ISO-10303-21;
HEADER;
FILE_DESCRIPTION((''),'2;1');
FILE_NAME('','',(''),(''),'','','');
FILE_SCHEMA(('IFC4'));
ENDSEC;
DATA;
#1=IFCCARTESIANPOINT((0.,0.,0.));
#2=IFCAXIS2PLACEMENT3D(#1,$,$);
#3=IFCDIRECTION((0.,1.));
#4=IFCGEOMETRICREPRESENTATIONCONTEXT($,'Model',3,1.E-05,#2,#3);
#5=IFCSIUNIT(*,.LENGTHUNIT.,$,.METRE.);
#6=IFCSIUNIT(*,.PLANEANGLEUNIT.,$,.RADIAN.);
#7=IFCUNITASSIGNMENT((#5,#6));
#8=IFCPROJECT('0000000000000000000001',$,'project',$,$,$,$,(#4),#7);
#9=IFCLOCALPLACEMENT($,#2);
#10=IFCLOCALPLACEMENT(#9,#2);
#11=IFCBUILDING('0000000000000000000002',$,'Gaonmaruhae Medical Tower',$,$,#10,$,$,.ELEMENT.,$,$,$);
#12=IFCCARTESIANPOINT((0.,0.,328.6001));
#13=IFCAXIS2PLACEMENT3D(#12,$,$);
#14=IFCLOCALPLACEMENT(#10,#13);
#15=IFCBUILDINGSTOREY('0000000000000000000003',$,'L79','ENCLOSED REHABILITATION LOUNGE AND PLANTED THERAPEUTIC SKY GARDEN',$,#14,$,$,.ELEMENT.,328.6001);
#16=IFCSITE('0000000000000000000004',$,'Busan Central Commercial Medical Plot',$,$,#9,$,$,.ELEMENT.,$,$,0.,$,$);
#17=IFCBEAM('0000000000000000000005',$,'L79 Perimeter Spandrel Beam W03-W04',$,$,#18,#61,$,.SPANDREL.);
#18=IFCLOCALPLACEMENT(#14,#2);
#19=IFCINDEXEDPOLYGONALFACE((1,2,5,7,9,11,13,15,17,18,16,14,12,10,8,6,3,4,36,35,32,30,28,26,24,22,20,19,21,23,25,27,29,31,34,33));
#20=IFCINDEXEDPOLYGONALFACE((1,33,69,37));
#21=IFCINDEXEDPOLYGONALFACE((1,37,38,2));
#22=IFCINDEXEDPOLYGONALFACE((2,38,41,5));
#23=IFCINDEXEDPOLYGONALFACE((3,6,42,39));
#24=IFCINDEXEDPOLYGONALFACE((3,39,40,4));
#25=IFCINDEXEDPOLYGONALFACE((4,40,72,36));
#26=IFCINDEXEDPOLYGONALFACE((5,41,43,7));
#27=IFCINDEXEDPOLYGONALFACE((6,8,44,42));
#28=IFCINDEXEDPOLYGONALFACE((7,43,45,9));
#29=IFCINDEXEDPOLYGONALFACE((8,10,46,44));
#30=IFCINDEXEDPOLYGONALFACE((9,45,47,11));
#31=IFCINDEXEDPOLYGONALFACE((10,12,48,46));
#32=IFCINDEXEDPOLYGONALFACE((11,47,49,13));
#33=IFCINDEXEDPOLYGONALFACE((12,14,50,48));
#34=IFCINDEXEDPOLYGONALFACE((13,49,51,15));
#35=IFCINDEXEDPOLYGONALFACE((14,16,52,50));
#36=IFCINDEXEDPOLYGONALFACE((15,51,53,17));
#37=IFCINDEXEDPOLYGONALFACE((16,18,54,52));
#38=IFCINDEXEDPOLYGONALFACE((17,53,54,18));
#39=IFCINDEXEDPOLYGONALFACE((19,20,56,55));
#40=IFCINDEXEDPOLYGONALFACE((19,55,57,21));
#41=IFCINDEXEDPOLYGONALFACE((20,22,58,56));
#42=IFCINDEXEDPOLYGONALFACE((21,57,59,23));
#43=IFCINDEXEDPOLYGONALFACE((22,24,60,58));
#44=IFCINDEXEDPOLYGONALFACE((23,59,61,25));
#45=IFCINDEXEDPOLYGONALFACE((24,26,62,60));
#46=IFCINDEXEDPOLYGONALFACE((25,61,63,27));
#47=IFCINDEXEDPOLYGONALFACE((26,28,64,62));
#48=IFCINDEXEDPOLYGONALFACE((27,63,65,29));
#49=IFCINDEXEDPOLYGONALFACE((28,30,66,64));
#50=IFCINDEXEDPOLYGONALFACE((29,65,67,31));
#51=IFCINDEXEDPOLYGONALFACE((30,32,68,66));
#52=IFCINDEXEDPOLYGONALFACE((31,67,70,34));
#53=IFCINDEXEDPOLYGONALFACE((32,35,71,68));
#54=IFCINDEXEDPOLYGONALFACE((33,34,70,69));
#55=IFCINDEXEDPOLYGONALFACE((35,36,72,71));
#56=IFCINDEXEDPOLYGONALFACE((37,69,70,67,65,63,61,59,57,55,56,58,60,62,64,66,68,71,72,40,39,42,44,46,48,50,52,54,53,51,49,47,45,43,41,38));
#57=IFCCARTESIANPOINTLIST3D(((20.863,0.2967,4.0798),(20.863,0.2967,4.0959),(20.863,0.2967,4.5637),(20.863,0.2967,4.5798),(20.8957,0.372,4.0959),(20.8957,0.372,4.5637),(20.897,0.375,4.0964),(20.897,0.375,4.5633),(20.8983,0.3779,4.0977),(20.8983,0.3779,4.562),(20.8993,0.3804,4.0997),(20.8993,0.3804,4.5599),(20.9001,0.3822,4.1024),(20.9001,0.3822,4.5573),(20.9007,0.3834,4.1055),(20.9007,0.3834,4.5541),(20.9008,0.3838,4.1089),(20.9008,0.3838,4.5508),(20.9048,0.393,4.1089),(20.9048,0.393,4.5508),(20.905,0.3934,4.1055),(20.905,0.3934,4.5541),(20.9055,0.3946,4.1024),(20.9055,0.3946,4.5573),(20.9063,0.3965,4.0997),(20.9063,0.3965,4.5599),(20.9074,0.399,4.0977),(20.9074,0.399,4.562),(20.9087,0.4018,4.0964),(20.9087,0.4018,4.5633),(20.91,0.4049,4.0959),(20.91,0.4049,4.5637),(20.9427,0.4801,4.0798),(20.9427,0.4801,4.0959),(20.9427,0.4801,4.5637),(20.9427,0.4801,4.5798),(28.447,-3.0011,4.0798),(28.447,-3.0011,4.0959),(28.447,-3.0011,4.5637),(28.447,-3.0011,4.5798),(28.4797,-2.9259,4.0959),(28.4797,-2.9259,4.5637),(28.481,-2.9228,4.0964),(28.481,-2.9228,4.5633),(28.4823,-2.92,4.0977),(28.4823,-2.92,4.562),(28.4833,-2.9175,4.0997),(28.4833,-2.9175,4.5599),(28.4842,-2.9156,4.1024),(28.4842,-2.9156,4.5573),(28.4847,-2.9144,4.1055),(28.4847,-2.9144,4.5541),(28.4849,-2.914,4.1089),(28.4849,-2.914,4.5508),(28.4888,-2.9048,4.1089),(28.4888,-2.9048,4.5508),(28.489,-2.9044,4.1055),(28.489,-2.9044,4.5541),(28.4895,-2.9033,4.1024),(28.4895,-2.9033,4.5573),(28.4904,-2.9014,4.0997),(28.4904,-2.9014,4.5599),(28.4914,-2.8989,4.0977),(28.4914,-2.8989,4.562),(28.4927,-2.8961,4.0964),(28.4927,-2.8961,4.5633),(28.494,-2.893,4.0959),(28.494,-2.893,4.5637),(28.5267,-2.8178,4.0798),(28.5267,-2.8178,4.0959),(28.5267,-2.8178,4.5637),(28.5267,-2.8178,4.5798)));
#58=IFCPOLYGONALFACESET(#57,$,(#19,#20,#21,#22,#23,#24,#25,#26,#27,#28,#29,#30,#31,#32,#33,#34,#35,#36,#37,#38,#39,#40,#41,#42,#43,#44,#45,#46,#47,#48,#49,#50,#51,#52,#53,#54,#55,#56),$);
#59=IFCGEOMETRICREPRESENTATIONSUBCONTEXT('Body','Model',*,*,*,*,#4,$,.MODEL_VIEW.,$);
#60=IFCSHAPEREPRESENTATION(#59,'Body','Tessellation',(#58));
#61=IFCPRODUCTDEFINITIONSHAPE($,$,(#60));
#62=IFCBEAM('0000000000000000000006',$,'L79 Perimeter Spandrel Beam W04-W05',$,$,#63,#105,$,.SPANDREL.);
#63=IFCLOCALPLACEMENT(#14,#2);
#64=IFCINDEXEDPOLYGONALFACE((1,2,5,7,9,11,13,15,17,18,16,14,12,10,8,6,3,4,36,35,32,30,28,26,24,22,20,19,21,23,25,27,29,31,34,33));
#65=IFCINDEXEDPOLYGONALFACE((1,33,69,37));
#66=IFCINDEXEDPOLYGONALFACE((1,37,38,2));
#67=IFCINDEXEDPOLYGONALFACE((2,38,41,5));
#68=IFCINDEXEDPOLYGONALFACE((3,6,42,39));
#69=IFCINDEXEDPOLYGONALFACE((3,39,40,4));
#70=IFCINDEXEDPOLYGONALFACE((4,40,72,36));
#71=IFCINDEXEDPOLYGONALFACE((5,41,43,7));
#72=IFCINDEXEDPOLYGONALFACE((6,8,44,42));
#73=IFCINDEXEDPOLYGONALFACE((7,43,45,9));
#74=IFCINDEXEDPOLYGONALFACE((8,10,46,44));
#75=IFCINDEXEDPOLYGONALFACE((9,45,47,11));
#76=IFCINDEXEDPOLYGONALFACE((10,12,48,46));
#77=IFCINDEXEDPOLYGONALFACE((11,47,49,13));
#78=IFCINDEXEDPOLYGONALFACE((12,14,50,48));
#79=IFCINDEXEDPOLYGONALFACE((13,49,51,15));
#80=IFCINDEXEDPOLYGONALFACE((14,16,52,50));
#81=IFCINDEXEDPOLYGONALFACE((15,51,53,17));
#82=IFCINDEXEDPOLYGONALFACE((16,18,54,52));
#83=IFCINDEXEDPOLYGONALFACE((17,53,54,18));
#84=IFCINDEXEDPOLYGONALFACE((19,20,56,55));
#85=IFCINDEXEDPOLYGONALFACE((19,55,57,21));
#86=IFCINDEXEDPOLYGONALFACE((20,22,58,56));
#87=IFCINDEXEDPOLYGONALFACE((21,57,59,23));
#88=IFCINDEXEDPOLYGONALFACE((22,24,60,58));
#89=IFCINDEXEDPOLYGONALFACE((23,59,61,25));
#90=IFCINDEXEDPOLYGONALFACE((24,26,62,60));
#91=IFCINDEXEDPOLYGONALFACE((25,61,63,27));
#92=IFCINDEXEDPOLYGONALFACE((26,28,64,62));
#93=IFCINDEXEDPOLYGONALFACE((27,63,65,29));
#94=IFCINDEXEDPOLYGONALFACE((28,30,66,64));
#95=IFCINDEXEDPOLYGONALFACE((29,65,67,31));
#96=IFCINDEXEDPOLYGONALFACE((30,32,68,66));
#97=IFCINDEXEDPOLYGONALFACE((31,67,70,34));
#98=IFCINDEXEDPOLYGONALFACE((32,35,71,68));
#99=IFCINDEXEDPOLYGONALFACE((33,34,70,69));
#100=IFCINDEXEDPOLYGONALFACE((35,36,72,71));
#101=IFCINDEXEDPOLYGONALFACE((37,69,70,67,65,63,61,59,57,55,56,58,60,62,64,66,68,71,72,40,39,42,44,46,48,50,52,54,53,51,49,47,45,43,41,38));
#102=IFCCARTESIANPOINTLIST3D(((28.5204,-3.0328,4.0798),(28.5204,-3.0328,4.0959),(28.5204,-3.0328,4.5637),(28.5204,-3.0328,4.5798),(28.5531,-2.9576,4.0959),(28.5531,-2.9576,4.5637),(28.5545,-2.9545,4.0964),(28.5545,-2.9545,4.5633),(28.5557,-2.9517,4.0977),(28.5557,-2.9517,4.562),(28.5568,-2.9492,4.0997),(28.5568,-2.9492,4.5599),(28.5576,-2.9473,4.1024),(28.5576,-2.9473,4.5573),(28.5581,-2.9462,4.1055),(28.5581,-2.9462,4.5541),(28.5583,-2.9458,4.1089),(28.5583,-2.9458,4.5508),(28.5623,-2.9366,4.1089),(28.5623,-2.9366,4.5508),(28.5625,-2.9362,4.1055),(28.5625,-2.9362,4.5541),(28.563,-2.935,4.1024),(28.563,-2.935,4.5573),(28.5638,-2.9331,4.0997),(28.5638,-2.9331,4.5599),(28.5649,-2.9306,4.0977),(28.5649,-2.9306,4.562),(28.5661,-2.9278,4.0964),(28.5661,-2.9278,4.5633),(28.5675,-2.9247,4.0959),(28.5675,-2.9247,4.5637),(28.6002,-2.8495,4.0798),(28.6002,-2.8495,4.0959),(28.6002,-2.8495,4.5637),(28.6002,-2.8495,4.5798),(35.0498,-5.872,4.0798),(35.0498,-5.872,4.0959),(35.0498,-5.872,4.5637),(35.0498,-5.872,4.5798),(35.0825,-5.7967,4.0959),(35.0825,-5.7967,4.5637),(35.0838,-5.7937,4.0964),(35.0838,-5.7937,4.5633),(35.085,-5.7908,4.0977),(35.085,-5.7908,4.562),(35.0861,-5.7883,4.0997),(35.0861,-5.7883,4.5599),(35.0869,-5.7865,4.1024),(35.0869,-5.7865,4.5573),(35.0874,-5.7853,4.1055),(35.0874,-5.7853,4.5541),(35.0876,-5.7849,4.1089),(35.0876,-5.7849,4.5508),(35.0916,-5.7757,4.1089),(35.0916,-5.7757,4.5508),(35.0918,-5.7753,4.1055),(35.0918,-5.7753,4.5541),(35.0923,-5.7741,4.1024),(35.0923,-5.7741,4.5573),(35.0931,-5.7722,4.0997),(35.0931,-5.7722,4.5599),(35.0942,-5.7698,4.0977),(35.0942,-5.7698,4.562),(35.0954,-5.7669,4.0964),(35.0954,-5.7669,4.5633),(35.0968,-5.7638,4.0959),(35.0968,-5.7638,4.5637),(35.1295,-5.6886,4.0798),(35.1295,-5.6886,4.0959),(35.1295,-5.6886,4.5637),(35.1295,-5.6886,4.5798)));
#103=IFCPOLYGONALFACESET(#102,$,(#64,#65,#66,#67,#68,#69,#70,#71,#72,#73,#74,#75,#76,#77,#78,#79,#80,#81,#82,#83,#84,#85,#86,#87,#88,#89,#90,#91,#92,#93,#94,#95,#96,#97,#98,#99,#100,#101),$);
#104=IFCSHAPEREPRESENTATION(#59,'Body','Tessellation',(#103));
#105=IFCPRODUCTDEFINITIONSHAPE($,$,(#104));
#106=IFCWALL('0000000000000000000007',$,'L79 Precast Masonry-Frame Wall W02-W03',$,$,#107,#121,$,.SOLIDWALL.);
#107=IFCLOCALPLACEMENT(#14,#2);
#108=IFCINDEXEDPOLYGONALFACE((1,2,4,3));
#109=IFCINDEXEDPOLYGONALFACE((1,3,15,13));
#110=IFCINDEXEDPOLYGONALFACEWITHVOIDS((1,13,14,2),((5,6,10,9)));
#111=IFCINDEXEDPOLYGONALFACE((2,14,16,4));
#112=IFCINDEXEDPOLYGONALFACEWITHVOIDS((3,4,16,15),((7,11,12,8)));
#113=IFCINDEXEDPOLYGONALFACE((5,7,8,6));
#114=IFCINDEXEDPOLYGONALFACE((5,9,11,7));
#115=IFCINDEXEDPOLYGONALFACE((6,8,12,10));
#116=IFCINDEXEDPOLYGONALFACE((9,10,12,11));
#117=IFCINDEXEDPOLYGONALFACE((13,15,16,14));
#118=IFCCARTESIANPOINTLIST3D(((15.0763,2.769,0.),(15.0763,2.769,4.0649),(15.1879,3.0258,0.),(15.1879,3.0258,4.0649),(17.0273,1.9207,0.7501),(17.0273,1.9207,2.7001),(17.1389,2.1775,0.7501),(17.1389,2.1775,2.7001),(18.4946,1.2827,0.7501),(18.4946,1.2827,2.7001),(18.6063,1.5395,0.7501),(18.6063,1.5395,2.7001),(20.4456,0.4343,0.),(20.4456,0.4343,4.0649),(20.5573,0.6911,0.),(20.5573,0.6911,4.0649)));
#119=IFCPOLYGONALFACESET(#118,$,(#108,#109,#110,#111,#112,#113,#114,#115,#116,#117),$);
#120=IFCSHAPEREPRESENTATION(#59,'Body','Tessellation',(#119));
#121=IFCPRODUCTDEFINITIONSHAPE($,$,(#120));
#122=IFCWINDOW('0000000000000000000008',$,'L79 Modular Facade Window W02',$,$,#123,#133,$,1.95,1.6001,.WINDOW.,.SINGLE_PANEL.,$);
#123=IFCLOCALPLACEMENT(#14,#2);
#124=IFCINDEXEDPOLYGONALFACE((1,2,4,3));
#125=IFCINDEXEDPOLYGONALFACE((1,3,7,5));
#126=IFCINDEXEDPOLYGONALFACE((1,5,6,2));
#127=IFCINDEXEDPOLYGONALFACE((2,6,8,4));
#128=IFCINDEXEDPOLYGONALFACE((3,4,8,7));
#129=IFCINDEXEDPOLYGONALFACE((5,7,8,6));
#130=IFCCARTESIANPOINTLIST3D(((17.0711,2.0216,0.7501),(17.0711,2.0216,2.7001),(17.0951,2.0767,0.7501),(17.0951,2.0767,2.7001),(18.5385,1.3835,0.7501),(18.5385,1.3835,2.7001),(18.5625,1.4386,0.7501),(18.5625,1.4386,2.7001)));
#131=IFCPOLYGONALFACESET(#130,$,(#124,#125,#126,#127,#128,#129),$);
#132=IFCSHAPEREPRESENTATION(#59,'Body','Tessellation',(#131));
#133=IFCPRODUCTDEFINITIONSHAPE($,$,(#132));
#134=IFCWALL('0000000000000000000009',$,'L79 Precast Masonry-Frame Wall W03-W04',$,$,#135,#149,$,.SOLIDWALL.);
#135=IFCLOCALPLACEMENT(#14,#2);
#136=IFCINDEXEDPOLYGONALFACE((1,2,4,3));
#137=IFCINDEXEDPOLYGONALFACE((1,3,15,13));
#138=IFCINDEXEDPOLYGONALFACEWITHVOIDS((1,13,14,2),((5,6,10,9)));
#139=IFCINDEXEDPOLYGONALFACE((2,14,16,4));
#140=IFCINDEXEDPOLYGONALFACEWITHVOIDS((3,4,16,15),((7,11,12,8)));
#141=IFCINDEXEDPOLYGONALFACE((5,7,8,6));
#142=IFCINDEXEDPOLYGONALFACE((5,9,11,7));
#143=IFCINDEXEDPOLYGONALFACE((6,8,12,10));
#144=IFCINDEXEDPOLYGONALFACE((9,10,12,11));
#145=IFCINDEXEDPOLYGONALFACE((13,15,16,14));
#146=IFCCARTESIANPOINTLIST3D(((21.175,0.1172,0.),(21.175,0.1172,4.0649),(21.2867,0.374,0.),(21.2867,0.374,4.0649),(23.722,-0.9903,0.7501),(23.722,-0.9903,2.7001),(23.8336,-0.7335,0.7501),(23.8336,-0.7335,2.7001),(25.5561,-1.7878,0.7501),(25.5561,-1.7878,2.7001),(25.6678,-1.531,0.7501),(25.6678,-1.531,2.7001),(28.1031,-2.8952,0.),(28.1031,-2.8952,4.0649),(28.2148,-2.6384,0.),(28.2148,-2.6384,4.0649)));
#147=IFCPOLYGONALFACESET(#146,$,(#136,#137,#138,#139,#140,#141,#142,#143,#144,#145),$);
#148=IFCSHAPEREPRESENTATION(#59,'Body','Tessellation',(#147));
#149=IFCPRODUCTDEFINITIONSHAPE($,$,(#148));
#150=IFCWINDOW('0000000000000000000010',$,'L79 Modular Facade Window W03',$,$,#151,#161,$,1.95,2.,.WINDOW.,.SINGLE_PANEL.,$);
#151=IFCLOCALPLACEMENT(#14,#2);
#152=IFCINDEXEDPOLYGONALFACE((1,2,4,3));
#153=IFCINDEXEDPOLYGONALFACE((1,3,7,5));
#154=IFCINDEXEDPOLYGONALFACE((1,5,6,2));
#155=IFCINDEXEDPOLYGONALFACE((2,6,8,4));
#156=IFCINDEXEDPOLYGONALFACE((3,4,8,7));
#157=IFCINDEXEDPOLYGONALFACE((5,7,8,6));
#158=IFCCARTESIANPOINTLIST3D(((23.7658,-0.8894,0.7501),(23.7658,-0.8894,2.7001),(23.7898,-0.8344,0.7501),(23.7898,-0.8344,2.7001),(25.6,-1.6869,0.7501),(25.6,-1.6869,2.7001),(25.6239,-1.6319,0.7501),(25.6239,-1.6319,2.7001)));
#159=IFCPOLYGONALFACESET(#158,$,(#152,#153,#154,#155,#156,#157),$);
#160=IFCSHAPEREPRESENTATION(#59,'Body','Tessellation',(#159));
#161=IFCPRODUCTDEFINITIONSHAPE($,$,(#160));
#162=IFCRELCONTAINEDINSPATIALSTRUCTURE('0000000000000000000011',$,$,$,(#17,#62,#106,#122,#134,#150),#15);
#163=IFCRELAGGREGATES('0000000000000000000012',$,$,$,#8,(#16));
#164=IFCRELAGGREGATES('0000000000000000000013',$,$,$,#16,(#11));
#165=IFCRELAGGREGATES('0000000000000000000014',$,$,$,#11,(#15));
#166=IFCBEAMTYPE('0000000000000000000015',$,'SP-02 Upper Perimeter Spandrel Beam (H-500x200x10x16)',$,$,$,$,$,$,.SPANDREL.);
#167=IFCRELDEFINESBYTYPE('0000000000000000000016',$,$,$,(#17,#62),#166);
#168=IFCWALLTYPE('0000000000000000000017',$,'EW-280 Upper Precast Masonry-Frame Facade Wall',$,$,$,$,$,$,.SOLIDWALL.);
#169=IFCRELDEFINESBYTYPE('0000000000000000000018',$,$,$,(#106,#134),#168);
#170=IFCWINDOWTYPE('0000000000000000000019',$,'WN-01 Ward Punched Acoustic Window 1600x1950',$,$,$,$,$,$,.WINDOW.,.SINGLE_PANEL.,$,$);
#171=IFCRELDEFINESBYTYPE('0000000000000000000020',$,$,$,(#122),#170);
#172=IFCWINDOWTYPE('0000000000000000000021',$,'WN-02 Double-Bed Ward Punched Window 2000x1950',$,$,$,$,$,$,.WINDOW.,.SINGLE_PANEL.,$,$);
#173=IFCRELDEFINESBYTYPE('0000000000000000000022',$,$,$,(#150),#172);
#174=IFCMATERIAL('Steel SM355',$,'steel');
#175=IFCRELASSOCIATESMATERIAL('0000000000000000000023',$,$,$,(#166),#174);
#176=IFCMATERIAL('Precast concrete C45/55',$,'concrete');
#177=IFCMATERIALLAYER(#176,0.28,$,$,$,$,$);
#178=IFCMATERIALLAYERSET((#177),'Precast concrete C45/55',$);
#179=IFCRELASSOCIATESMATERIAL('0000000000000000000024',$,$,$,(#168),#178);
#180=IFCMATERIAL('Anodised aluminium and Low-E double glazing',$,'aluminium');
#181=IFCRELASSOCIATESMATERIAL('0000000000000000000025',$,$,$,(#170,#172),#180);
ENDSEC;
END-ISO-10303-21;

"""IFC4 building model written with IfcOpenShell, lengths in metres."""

from ifc_helpers import new_model, si_unit, direction, frame, frame_2d, origin, origin_2d, place, context, subcontext, project, spatial, rectangle, i_section, extrude, material, layer, layer_set, material_profile, profile_set, type_object, element, fill, save


model = new_model("IFC4")

# Units and contexts
model_context = context("Model", 3, precision=1e-05, world=origin(), true_north=direction((0.0, 1.0)))
body_context = subcontext(model_context, "Body", "Model", "MODEL_VIEW")
ifc_project = project(units=[si_unit("LENGTHUNIT", "METRE"), si_unit("PLANEANGLEUNIT", "RADIAN")], contexts=[model_context])

# Site, building, storey
site_placement = place(None, origin())
site = spatial("IfcSite", under=ifc_project, at=site_placement, Name="Busan Central Commercial Medical Plot", CompositionType="ELEMENT", RefElevation=0.0)
building_placement = place(site_placement, origin())
building = spatial("IfcBuilding", under=site, at=building_placement, Name="Gaonmaruhae Medical Tower", CompositionType="ELEMENT")
storey_placement = place(building_placement, frame((0.0, 0.0, 328.6001)))
storey = spatial("IfcBuildingStorey", under=building, at=storey_placement, Name="L79", Description="ENCLOSED REHABILITATION LOUNGE AND PLANTED THERAPEUTIC SKY GARDEN", CompositionType="ELEMENT", Elevation=328.6001)

# Beams
ifc_material_1 = material(Name="Steel SM355", Category="steel")
ifc_material_profile_1 = material_profile(ifc_material_1, i_section(OverallWidth=0.2, OverallDepth=0.5, WebThickness=0.01, FlangeThickness=0.0161, FilletRadius=0.0129, at=origin_2d()), Name="H-500x200x10x16")
ifc_profile_set_1 = profile_set([ifc_material_profile_1], Name="Steel SM355")
beam_type_1 = type_object("IfcBeamType", Name="SP-02 Upper Perimeter Spandrel Beam (H-500x200x10x16)", PredefinedType="SPANDREL", material=ifc_profile_set_1)
beam_1_placement = place(storey_placement, frame((20.9028, 0.3884, 4.3298), z_axis=(0.917049, -0.398774, 0.0), x_axis=(0.398774, 0.917049, 0.0)))
element("IfcBeam", 1, at=beam_1_placement, inside=storey, type_object=beam_type_1, Name="L79 Perimeter Spandrel Beam W03-W04", PredefinedType="SPANDREL", context=body_context, shape_type="SweptSolid", body=[
    extrude(i_section(OverallWidth=0.2, OverallDepth=0.5, WebThickness=0.01, FlangeThickness=0.0161, FilletRadius=0.0129, at=origin_2d()), origin(), (0.0, 0.0, 1.0), 8.27),
])
beam_2_placement = place(storey_placement, frame((28.5603, -2.9412, 4.3298), z_axis=(0.917055, -0.39876, 0.0), x_axis=(0.39876, 0.917055, 0.0)))
element("IfcBeam", 2, at=beam_2_placement, inside=storey, type_object=beam_type_1, Name="L79 Perimeter Spandrel Beam W04-W05", PredefinedType="SPANDREL", context=body_context, shape_type="SweptSolid", body=[
    extrude(i_section(OverallWidth=0.2, OverallDepth=0.5, WebThickness=0.01, FlangeThickness=0.0161, FilletRadius=0.0129, at=origin_2d()), origin(), (0.0, 0.0, 1.0), 7.1199),
])

# Walls, openings, windows
ifc_material_2 = material(Name="Precast concrete C45/55", Category="concrete")
ifc_layer_1 = layer(ifc_material_2, 0.28)
ifc_layer_set_1 = layer_set([ifc_layer_1], Name="Precast concrete C45/55")
wall_type_1 = type_object("IfcWallType", Name="EW-280 Upper Precast Masonry-Frame Facade Wall", PredefinedType="SOLIDWALL", material=ifc_layer_set_1)
wall_1_placement = place(storey_placement, frame((20.5015, 0.5627, 0.0), z_axis=(0.0, 0.0, 1.0), x_axis=(-0.917057, 0.398755, 0.0)))
wall_1 = element("IfcWall", 3, at=wall_1_placement, inside=storey, type_object=wall_type_1, Name="L79 Precast Masonry-Frame Wall W02-W03", PredefinedType="SOLIDWALL", context=body_context, shape_type="SweptSolid", body=[
    extrude(rectangle(XDim=5.855, YDim=0.28, at=frame_2d((2.9275, 0.0))), origin(), (0.0, 0.0, 1.0), 4.0649),
])
opening_1_placement = place(wall_1_placement, frame((2.1274, 0.0, 0.75)))
opening_1 = element("IfcOpeningElement", 4, at=opening_1_placement, cuts=wall_1, PredefinedType="OPENING", context=body_context, shape_type="SweptSolid", body=[
    extrude(rectangle(XDim=1.6001, YDim=1.95, at=frame_2d((0.8, 0.9751))), frame((0.0, 0.1499, 0.0), z_axis=(0.0, -1.0, 0.0), x_axis=(1.0, 0.0, 0.0)), (0.0, 0.0, 1.0), 0.3),
])
ifc_material_3 = material(Name="Anodised aluminium and Low-E double glazing", Category="aluminium")
window_type_1 = type_object("IfcWindowType", Name="WN-01 Ward Punched Acoustic Window 1600x1950", PartitioningType="SINGLE_PANEL", PredefinedType="WINDOW", material=ifc_material_3)
window_1_placement = place(opening_1_placement, origin())
window_1 = element("IfcWindow", 5, at=window_1_placement, inside=storey, type_object=window_type_1, Name="L79 Modular Facade Window W02", OverallHeight=1.95, OverallWidth=1.6001, PartitioningType="SINGLE_PANEL", PredefinedType="WINDOW", context=body_context, shape_type="SweptSolid", body=[
    extrude(rectangle(XDim=1.6001, YDim=1.95, at=frame_2d((0.8, 0.9751))), frame((0.0, 0.03, 0.0), z_axis=(0.0, -1.0, 0.0), x_axis=(1.0, 0.0, 0.0)), (0.0, 0.0, 1.0), 0.0601),
])
fill(opening_1, window_1)
wall_2_placement = place(storey_placement, frame((28.1589, -2.7668, 0.0), z_axis=(0.0, 0.0, 1.0), x_axis=(-0.917061, 0.398746, 0.0)))
wall_2 = element("IfcWall", 6, at=wall_2_placement, inside=storey, type_object=wall_type_1, Name="L79 Precast Masonry-Frame Wall W03-W04", PredefinedType="SOLIDWALL", context=body_context, shape_type="SweptSolid", body=[
    extrude(rectangle(XDim=7.5547, YDim=0.28, at=frame_2d((3.7773, 0.0))), origin(), (0.0, 0.0, 1.0), 4.0649),
])
opening_2_placement = place(wall_2_placement, frame((2.7773, 0.0, 0.75)))
opening_2 = element("IfcOpeningElement", 7, at=opening_2_placement, cuts=wall_2, PredefinedType="OPENING", context=body_context, shape_type="SweptSolid", body=[
    extrude(rectangle(XDim=2.0, YDim=1.95, at=frame_2d((1.0, 0.9751))), frame((0.0, 0.1499, 0.0), z_axis=(0.0, -1.0, 0.0), x_axis=(1.0, 0.0, 0.0)), (0.0, 0.0, 1.0), 0.3),
])
window_type_2 = type_object("IfcWindowType", Name="WN-02 Double-Bed Ward Punched Window 2000x1950", PartitioningType="SINGLE_PANEL", PredefinedType="WINDOW", material=ifc_material_3)
window_2_placement = place(opening_2_placement, origin())
window_2 = element("IfcWindow", 8, at=window_2_placement, inside=storey, type_object=window_type_2, Name="L79 Modular Facade Window W03", OverallHeight=1.95, OverallWidth=2.0, PartitioningType="SINGLE_PANEL", PredefinedType="WINDOW", context=body_context, shape_type="SweptSolid", body=[
    extrude(rectangle(XDim=2.0, YDim=1.95, at=frame_2d((1.0, 0.9751))), frame((0.0, 0.03, 0.0), z_axis=(0.0, -1.0, 0.0), x_axis=(1.0, 0.0, 0.0)), (0.0, 0.0, 1.0), 0.0601),
])
fill(opening_2, window_2)

save(model, "model.ifc")
